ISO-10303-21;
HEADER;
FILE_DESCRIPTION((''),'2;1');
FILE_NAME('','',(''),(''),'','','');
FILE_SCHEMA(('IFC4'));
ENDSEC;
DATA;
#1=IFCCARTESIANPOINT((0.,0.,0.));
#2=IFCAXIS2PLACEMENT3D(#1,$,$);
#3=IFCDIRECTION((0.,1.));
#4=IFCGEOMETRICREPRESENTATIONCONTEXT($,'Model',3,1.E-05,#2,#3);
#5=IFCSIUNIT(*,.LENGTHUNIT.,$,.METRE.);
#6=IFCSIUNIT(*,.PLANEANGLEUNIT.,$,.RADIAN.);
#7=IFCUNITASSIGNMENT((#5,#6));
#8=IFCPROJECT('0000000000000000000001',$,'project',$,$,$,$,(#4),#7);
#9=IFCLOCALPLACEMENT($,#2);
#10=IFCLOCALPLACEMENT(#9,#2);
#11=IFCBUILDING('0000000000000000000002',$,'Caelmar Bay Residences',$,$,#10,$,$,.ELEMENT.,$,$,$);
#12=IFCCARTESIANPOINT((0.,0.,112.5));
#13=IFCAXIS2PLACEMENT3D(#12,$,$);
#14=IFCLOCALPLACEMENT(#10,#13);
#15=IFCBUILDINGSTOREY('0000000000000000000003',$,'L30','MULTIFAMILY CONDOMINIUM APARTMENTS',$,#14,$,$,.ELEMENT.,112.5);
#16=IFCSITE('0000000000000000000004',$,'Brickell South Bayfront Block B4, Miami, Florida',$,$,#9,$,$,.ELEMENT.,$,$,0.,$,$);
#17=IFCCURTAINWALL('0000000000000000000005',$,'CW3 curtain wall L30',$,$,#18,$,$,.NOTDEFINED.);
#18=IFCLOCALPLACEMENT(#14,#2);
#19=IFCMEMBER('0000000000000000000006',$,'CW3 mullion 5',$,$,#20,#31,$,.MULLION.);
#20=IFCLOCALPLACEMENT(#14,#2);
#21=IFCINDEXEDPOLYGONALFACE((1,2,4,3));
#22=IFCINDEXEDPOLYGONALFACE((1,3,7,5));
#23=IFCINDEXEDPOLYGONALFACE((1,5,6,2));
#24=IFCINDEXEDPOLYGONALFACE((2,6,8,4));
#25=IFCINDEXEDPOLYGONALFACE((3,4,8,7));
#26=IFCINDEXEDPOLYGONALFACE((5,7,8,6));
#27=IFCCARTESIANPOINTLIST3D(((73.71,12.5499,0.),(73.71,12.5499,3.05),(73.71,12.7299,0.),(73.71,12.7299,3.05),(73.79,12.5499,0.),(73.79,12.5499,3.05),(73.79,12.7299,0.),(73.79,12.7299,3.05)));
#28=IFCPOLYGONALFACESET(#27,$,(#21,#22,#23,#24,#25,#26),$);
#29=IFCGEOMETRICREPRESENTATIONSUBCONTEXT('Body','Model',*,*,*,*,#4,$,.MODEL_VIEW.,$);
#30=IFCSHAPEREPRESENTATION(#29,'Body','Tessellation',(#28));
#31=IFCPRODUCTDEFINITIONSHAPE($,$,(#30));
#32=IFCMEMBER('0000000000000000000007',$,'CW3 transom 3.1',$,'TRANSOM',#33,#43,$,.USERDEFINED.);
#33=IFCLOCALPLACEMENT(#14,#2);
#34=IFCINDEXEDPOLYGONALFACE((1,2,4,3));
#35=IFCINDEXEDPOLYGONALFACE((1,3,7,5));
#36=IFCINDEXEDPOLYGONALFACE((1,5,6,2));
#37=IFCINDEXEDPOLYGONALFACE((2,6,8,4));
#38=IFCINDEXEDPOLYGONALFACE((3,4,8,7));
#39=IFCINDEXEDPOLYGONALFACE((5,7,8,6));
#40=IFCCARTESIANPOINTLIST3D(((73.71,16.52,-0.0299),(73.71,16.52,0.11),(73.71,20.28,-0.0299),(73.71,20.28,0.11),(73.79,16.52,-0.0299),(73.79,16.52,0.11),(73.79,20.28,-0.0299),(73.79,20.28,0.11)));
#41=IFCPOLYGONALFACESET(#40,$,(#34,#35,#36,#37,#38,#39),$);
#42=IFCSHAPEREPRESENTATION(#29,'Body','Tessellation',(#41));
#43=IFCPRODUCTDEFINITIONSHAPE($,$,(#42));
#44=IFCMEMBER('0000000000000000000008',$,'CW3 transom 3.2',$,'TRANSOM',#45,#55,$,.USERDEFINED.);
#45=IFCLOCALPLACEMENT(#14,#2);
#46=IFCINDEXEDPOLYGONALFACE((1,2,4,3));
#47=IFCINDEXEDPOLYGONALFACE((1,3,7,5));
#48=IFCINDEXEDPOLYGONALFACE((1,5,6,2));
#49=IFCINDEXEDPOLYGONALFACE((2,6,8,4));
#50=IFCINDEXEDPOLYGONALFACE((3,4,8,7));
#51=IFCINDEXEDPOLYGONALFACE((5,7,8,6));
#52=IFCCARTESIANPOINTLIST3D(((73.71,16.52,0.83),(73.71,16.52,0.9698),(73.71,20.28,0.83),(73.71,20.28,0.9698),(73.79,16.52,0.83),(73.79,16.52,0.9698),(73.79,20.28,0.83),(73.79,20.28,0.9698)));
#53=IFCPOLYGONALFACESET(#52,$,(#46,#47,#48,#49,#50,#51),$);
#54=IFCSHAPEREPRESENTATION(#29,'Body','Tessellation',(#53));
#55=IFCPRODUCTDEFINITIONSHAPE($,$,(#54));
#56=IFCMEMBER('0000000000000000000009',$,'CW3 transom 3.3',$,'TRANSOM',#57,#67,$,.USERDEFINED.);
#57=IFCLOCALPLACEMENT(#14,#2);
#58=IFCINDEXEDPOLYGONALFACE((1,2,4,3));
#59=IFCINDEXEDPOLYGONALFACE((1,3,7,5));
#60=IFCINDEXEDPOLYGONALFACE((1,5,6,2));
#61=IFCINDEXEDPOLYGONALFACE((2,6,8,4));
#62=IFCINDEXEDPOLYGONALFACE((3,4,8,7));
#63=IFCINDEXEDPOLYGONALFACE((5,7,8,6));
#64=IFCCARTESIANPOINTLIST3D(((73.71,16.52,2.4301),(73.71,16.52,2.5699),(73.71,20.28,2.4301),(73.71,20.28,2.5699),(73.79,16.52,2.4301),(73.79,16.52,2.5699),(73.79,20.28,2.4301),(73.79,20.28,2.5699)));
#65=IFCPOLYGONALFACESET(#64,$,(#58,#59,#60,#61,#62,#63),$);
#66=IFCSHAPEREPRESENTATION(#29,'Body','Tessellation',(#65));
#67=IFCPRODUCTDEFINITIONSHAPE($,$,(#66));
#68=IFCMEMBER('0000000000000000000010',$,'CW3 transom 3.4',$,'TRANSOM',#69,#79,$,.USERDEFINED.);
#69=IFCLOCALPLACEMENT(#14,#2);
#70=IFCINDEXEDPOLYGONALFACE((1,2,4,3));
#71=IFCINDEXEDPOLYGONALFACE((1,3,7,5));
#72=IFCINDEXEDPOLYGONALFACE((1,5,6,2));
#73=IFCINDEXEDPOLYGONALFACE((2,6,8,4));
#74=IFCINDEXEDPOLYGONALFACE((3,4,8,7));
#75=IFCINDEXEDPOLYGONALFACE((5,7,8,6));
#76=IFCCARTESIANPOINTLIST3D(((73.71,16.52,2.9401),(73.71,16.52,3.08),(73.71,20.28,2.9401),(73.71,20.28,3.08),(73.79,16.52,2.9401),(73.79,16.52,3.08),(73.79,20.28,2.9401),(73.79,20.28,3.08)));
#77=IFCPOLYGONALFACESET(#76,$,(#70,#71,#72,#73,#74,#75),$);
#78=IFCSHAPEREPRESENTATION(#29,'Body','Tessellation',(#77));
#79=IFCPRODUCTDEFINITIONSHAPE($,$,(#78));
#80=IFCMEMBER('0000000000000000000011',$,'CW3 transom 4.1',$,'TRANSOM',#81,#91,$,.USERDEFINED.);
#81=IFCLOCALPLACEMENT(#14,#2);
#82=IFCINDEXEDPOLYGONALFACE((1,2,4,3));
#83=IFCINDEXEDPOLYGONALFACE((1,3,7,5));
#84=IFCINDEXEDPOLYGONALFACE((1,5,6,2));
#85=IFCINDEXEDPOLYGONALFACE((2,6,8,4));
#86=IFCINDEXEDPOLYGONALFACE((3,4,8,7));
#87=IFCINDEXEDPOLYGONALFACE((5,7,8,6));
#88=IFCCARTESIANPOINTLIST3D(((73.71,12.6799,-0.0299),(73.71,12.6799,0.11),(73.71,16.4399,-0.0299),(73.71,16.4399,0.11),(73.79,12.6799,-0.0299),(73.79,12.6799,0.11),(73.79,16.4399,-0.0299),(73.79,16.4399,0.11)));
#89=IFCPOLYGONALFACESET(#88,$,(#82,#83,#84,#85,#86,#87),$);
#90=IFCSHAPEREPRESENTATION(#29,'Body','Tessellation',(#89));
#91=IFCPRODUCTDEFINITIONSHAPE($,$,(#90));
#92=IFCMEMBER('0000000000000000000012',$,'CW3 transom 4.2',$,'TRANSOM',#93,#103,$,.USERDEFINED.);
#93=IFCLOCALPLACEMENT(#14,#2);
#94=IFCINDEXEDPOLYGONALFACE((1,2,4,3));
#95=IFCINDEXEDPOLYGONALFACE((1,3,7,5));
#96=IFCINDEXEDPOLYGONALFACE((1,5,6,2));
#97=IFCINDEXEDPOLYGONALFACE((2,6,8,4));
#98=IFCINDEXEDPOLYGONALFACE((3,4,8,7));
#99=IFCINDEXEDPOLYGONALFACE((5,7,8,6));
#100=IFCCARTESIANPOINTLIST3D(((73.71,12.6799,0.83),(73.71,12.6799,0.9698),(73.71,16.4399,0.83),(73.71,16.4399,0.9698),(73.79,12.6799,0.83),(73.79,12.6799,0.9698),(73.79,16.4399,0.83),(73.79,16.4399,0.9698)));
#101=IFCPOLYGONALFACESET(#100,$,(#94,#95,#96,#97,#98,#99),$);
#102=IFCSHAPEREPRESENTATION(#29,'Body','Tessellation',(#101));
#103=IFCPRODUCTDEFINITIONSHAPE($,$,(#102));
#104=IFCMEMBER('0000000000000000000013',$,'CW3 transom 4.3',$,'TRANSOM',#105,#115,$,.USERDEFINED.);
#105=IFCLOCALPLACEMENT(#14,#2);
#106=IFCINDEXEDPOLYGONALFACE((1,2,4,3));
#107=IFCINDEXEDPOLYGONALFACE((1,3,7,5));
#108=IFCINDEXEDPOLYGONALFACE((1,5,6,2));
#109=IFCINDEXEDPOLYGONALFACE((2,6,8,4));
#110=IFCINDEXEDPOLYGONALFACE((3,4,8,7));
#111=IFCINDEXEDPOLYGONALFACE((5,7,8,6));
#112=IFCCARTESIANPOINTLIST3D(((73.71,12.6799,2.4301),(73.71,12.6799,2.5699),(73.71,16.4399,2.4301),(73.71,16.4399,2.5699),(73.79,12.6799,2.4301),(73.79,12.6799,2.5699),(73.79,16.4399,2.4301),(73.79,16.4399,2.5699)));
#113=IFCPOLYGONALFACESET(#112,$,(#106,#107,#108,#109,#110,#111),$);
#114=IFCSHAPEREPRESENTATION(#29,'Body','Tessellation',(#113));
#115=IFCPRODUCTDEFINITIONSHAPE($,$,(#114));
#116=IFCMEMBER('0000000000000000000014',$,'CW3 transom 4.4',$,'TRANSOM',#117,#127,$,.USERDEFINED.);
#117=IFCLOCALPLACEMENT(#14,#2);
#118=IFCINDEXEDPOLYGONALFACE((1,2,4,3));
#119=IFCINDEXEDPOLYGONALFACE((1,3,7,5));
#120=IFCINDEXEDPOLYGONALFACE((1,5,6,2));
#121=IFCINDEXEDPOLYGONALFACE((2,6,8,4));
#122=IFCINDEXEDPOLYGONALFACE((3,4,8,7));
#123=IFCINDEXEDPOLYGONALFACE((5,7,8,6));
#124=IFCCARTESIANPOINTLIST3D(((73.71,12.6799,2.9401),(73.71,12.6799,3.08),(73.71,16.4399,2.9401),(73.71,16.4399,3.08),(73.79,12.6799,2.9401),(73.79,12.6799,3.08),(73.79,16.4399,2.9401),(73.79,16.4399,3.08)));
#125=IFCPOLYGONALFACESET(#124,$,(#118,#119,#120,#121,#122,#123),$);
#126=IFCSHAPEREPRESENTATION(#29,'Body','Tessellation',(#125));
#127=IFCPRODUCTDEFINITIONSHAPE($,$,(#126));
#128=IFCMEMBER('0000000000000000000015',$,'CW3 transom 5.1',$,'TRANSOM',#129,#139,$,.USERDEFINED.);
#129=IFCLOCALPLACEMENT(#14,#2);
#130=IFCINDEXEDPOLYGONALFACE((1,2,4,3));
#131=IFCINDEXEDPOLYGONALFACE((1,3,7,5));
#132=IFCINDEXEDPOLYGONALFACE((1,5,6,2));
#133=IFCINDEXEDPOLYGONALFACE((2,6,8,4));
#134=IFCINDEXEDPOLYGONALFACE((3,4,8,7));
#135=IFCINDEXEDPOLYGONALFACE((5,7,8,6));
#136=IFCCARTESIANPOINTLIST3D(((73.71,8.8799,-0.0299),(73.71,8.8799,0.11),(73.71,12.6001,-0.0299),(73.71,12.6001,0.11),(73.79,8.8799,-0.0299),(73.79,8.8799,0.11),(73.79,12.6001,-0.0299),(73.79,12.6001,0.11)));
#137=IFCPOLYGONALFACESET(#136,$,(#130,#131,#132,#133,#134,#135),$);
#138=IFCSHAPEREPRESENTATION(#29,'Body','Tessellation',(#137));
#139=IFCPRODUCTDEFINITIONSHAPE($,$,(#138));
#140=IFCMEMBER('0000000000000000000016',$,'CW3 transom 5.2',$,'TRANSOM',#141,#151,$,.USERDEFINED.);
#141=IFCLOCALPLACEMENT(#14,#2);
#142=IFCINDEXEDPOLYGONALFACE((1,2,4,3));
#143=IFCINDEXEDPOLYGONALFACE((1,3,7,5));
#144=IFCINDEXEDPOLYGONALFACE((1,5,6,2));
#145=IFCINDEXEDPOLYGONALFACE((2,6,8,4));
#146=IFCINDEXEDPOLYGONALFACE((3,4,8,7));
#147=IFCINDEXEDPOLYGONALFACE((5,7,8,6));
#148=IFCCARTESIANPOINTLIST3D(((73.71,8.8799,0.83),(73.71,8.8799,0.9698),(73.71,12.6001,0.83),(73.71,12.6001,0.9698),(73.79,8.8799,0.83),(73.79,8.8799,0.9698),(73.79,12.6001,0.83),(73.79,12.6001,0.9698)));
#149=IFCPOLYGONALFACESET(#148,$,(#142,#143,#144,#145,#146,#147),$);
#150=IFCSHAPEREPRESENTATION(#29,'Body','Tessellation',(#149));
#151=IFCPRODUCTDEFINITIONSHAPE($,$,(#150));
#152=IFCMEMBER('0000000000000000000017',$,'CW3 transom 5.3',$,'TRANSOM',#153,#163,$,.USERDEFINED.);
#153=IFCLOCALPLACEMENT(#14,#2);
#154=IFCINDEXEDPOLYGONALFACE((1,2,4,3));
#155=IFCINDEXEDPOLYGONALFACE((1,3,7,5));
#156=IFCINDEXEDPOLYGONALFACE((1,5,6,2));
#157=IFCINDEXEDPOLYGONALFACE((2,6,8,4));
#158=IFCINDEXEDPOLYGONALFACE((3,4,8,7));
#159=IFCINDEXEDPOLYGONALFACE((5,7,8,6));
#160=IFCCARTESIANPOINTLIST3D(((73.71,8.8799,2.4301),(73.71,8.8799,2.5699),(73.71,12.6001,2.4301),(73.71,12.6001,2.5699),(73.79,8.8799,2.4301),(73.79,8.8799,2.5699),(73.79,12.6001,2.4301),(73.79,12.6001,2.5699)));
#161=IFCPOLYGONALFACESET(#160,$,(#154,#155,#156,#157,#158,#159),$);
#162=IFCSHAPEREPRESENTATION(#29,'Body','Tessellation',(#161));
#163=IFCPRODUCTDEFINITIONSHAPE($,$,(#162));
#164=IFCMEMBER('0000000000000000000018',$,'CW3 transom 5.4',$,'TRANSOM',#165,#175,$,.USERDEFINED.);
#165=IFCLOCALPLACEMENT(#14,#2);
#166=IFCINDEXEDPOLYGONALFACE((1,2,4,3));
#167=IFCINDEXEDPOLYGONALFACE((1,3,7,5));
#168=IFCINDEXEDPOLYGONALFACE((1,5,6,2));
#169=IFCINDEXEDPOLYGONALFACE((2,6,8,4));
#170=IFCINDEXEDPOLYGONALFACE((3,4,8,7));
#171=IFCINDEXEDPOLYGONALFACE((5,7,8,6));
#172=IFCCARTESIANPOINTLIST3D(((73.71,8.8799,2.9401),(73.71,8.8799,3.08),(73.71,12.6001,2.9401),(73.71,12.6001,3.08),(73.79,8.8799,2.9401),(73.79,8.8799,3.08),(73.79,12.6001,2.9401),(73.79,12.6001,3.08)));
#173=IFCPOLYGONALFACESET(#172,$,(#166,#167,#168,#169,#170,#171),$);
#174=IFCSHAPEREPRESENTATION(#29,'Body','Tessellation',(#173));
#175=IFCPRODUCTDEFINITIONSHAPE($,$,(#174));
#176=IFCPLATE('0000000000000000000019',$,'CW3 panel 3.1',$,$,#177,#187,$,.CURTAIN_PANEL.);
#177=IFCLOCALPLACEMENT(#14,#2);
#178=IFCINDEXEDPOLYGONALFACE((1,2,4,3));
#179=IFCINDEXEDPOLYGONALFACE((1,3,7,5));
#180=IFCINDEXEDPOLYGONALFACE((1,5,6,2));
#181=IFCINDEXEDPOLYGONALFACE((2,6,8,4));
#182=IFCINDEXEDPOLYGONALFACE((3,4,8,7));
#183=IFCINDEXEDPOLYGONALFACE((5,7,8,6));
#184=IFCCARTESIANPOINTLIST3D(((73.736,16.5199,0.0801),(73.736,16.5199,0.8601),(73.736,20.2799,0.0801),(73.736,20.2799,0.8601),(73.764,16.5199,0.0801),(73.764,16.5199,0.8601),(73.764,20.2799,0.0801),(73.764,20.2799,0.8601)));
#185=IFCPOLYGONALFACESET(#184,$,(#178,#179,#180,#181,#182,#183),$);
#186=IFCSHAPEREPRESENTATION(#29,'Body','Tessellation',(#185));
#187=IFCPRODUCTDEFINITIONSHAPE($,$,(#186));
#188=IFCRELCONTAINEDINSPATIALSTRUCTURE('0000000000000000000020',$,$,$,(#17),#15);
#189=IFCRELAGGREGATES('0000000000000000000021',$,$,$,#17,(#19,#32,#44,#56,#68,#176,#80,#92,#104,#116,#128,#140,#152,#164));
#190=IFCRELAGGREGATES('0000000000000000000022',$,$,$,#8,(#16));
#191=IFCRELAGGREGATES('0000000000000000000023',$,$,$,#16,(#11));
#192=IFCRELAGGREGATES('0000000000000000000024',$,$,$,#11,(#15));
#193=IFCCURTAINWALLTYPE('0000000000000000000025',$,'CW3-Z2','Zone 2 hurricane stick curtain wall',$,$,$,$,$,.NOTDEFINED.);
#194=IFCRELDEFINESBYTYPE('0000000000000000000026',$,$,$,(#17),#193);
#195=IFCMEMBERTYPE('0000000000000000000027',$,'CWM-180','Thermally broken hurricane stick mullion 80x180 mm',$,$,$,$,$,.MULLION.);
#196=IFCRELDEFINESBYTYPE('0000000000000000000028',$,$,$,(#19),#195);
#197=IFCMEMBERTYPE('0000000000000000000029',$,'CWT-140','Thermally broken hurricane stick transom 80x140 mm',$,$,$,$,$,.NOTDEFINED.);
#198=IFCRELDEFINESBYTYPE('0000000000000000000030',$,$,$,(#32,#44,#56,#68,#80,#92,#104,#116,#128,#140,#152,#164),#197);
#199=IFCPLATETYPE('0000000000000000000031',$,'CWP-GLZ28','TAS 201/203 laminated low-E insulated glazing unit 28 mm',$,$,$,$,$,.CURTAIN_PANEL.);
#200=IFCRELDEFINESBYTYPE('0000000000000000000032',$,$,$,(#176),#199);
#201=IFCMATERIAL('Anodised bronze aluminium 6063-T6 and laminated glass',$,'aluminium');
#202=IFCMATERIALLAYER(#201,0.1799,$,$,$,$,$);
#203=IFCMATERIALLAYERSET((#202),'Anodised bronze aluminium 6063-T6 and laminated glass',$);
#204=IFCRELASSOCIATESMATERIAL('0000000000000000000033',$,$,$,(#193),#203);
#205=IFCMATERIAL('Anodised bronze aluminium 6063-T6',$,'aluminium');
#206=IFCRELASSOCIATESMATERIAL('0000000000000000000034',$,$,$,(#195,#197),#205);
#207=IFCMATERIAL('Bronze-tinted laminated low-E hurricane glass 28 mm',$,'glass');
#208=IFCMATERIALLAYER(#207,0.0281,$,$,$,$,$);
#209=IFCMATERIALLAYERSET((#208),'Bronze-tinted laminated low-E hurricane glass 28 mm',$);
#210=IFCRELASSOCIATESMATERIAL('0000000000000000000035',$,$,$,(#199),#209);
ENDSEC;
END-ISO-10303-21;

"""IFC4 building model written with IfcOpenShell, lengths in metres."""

from ifc_helpers import new_model, si_unit, direction, frame, origin, origin_2d, place, context, subcontext, project, spatial, rectangle, extrude, material, layer, layer_set, material_profile, profile_set, type_object, element, aggregate, save


model = new_model("IFC4")

# Units and contexts
model_context = context("Model", 3, precision=1e-05, world=origin(), true_north=direction((0.0, 1.0)))
body_context = subcontext(model_context, "Body", "Model", "MODEL_VIEW")
ifc_project = project(units=[si_unit("LENGTHUNIT", "METRE"), si_unit("PLANEANGLEUNIT", "RADIAN")], contexts=[model_context])

# Site, building, storey
site_placement = place(None, origin())
site = spatial("IfcSite", under=ifc_project, at=site_placement, Name="Brickell South Bayfront Block B4, Miami, Florida", CompositionType="ELEMENT", RefElevation=0.0)
building_placement = place(site_placement, origin())
building = spatial("IfcBuilding", under=site, at=building_placement, Name="Caelmar Bay Residences", CompositionType="ELEMENT")
storey_placement = place(building_placement, frame((0.0, 0.0, 112.5)))
storey = spatial("IfcBuildingStorey", under=building, at=storey_placement, Name="L30", Description="MULTIFAMILY CONDOMINIUM APARTMENTS", CompositionType="ELEMENT", Elevation=112.5)

# Curtain wall, members, plate
ifc_material_1 = material(Name="Anodised bronze aluminium 6063-T6 and laminated glass", Category="aluminium")
ifc_layer_1 = layer(ifc_material_1, 0.1799)
ifc_layer_set_1 = layer_set([ifc_layer_1], Name="Anodised bronze aluminium 6063-T6 and laminated glass")
curtain_wall_type = type_object("IfcCurtainWallType", Name="CW3-Z2", Description="Zone 2 hurricane stick curtain wall", PredefinedType="NOTDEFINED", material=ifc_layer_set_1)
curtain_wall_placement = place(storey_placement, origin())
curtain_wall = element("IfcCurtainWall", 1, at=curtain_wall_placement, inside=storey, type_object=curtain_wall_type, Name="CW3 curtain wall L30", PredefinedType="NOTDEFINED")
ifc_material_2 = material(Name="Anodised bronze aluminium 6063-T6", Category="aluminium")
ifc_material_profile_1 = material_profile(ifc_material_2, rectangle(XDim=0.0801, YDim=0.1799, at=origin_2d()), Name="CWM-80X180")
ifc_profile_set_1 = profile_set([ifc_material_profile_1], Name="Anodised bronze aluminium 6063-T6")
member_type_1 = type_object("IfcMemberType", Name="CWM-180", Description="Thermally broken hurricane stick mullion 80x180 mm", PredefinedType="MULLION", material=ifc_profile_set_1)
member_1_placement = place(storey_placement, frame((73.75, 12.6399, 0.0), z_axis=(0.0, 0.0, 1.0), x_axis=(1.0, 0.0, 0.0)))
member_1 = element("IfcMember", 2, at=member_1_placement, type_object=member_type_1, Name="CW3 mullion 5", PredefinedType="MULLION", context=body_context, shape_type="SweptSolid", body=[
    extrude(rectangle(XDim=0.0801, YDim=0.1799, at=origin_2d()), origin(), (0.0, 0.0, 1.0), 3.05),
])
ifc_material_profile_2 = material_profile(ifc_material_2, rectangle(XDim=0.0801, YDim=0.1399, at=origin_2d()), Name="CWT-80X140")
ifc_profile_set_2 = profile_set([ifc_material_profile_2], Name="Anodised bronze aluminium 6063-T6")
member_type_2 = type_object("IfcMemberType", Name="CWT-140", Description="Thermally broken hurricane stick transom 80x140 mm", PredefinedType="NOTDEFINED", material=ifc_profile_set_2)
member_2_placement = place(storey_placement, frame((73.75, 20.28, 0.04), z_axis=(0.0, -1.0, 0.0), x_axis=(1.0, 0.0, 0.0)))
member_2 = element("IfcMember", 3, at=member_2_placement, type_object=member_type_2, Name="CW3 transom 3.1", ObjectType="TRANSOM", PredefinedType="USERDEFINED", context=body_context, shape_type="SweptSolid", body=[
    extrude(rectangle(XDim=0.0801, YDim=0.1399, at=origin_2d()), origin(), (0.0, 0.0, 1.0), 3.76),
])
member_3_placement = place(storey_placement, frame((73.75, 20.28, 0.8999), z_axis=(0.0, -1.0, 0.0), x_axis=(1.0, 0.0, 0.0)))
member_3 = element("IfcMember", 4, at=member_3_placement, type_object=member_type_2, Name="CW3 transom 3.2", ObjectType="TRANSOM", PredefinedType="USERDEFINED", context=body_context, shape_type="SweptSolid", body=[
    extrude(rectangle(XDim=0.0801, YDim=0.1399, at=origin_2d()), origin(), (0.0, 0.0, 1.0), 3.76),
])
member_4_placement = place(storey_placement, frame((73.75, 20.28, 2.5), z_axis=(0.0, -1.0, 0.0), x_axis=(1.0, 0.0, 0.0)))
member_4 = element("IfcMember", 5, at=member_4_placement, type_object=member_type_2, Name="CW3 transom 3.3", ObjectType="TRANSOM", PredefinedType="USERDEFINED", context=body_context, shape_type="SweptSolid", body=[
    extrude(rectangle(XDim=0.0801, YDim=0.1399, at=origin_2d()), origin(), (0.0, 0.0, 1.0), 3.76),
])
member_5_placement = place(storey_placement, frame((73.75, 20.28, 3.01), z_axis=(0.0, -1.0, 0.0), x_axis=(1.0, 0.0, 0.0)))
member_5 = element("IfcMember", 6, at=member_5_placement, type_object=member_type_2, Name="CW3 transom 3.4", ObjectType="TRANSOM", PredefinedType="USERDEFINED", context=body_context, shape_type="SweptSolid", body=[
    extrude(rectangle(XDim=0.0801, YDim=0.1399, at=origin_2d()), origin(), (0.0, 0.0, 1.0), 3.76),
])
member_6_placement = place(storey_placement, frame((73.75, 16.4399, 0.04), z_axis=(0.0, -1.0, 0.0), x_axis=(1.0, 0.0, 0.0)))
member_6 = element("IfcMember", 7, at=member_6_placement, type_object=member_type_2, Name="CW3 transom 4.1", ObjectType="TRANSOM", PredefinedType="USERDEFINED", context=body_context, shape_type="SweptSolid", body=[
    extrude(rectangle(XDim=0.0801, YDim=0.1399, at=origin_2d()), origin(), (0.0, 0.0, 1.0), 3.76),
])
member_7_placement = place(storey_placement, frame((73.75, 16.4399, 0.8999), z_axis=(0.0, -1.0, 0.0), x_axis=(1.0, 0.0, 0.0)))
member_7 = element("IfcMember", 8, at=member_7_placement, type_object=member_type_2, Name="CW3 transom 4.2", ObjectType="TRANSOM", PredefinedType="USERDEFINED", context=body_context, shape_type="SweptSolid", body=[
    extrude(rectangle(XDim=0.0801, YDim=0.1399, at=origin_2d()), origin(), (0.0, 0.0, 1.0), 3.76),
])
member_8_placement = place(storey_placement, frame((73.75, 16.4399, 2.5), z_axis=(0.0, -1.0, 0.0), x_axis=(1.0, 0.0, 0.0)))
member_8 = element("IfcMember", 9, at=member_8_placement, type_object=member_type_2, Name="CW3 transom 4.3", ObjectType="TRANSOM", PredefinedType="USERDEFINED", context=body_context, shape_type="SweptSolid", body=[
    extrude(rectangle(XDim=0.0801, YDim=0.1399, at=origin_2d()), origin(), (0.0, 0.0, 1.0), 3.76),
])
member_9_placement = place(storey_placement, frame((73.75, 16.4399, 3.01), z_axis=(0.0, -1.0, 0.0), x_axis=(1.0, 0.0, 0.0)))
member_9 = element("IfcMember", 10, at=member_9_placement, type_object=member_type_2, Name="CW3 transom 4.4", ObjectType="TRANSOM", PredefinedType="USERDEFINED", context=body_context, shape_type="SweptSolid", body=[
    extrude(rectangle(XDim=0.0801, YDim=0.1399, at=origin_2d()), origin(), (0.0, 0.0, 1.0), 3.76),
])
member_10_placement = place(storey_placement, frame((73.75, 12.6001, 0.04), z_axis=(0.0, -1.0, 0.0), x_axis=(1.0, 0.0, 0.0)))
member_10 = element("IfcMember", 11, at=member_10_placement, type_object=member_type_2, Name="CW3 transom 5.1", ObjectType="TRANSOM", PredefinedType="USERDEFINED", context=body_context, shape_type="SweptSolid", body=[
    extrude(rectangle(XDim=0.0801, YDim=0.1399, at=origin_2d()), origin(), (0.0, 0.0, 1.0), 3.7202),
])
member_11_placement = place(storey_placement, frame((73.75, 12.6001, 0.8999), z_axis=(0.0, -1.0, 0.0), x_axis=(1.0, 0.0, 0.0)))
member_11 = element("IfcMember", 12, at=member_11_placement, type_object=member_type_2, Name="CW3 transom 5.2", ObjectType="TRANSOM", PredefinedType="USERDEFINED", context=body_context, shape_type="SweptSolid", body=[
    extrude(rectangle(XDim=0.0801, YDim=0.1399, at=origin_2d()), origin(), (0.0, 0.0, 1.0), 3.7202),
])
member_12_placement = place(storey_placement, frame((73.75, 12.6001, 2.5), z_axis=(0.0, -1.0, 0.0), x_axis=(1.0, 0.0, 0.0)))
member_12 = element("IfcMember", 13, at=member_12_placement, type_object=member_type_2, Name="CW3 transom 5.3", ObjectType="TRANSOM", PredefinedType="USERDEFINED", context=body_context, shape_type="SweptSolid", body=[
    extrude(rectangle(XDim=0.0801, YDim=0.1399, at=origin_2d()), origin(), (0.0, 0.0, 1.0), 3.7202),
])
member_13_placement = place(storey_placement, frame((73.75, 12.6001, 3.01), z_axis=(0.0, -1.0, 0.0), x_axis=(1.0, 0.0, 0.0)))
member_13 = element("IfcMember", 14, at=member_13_placement, type_object=member_type_2, Name="CW3 transom 5.4", ObjectType="TRANSOM", PredefinedType="USERDEFINED", context=body_context, shape_type="SweptSolid", body=[
    extrude(rectangle(XDim=0.0801, YDim=0.1399, at=origin_2d()), origin(), (0.0, 0.0, 1.0), 3.7202),
])
ifc_material_3 = material(Name="Bronze-tinted laminated low-E hurricane glass 28 mm", Category="glass")
ifc_layer_2 = layer(ifc_material_3, 0.0281)
ifc_layer_set_2 = layer_set([ifc_layer_2], Name="Bronze-tinted laminated low-E hurricane glass 28 mm")
plate_type = type_object("IfcPlateType", Name="CWP-GLZ28", Description="TAS 201/203 laminated low-E insulated glazing unit 28 mm", PredefinedType="CURTAIN_PANEL", material=ifc_layer_set_2)
plate_1_placement = place(storey_placement, frame((73.75, 18.3999, 0.0801), z_axis=(0.0, 0.0, 1.0), x_axis=(0.0, -1.0, 0.0)))
plate_1 = element("IfcPlate", 15, at=plate_1_placement, type_object=plate_type, Name="CW3 panel 3.1", PredefinedType="CURTAIN_PANEL", context=body_context, shape_type="SweptSolid", body=[
    extrude(rectangle(XDim=3.76, YDim=0.0281, at=origin_2d()), origin(), (0.0, 0.0, 1.0), 0.78),
])
aggregate(curtain_wall, [member_1, member_2, member_3, member_4, member_5, plate_1, member_6, member_7, member_8, member_9, member_10, member_11, member_12, member_13])

save(model, "model.ifc")
